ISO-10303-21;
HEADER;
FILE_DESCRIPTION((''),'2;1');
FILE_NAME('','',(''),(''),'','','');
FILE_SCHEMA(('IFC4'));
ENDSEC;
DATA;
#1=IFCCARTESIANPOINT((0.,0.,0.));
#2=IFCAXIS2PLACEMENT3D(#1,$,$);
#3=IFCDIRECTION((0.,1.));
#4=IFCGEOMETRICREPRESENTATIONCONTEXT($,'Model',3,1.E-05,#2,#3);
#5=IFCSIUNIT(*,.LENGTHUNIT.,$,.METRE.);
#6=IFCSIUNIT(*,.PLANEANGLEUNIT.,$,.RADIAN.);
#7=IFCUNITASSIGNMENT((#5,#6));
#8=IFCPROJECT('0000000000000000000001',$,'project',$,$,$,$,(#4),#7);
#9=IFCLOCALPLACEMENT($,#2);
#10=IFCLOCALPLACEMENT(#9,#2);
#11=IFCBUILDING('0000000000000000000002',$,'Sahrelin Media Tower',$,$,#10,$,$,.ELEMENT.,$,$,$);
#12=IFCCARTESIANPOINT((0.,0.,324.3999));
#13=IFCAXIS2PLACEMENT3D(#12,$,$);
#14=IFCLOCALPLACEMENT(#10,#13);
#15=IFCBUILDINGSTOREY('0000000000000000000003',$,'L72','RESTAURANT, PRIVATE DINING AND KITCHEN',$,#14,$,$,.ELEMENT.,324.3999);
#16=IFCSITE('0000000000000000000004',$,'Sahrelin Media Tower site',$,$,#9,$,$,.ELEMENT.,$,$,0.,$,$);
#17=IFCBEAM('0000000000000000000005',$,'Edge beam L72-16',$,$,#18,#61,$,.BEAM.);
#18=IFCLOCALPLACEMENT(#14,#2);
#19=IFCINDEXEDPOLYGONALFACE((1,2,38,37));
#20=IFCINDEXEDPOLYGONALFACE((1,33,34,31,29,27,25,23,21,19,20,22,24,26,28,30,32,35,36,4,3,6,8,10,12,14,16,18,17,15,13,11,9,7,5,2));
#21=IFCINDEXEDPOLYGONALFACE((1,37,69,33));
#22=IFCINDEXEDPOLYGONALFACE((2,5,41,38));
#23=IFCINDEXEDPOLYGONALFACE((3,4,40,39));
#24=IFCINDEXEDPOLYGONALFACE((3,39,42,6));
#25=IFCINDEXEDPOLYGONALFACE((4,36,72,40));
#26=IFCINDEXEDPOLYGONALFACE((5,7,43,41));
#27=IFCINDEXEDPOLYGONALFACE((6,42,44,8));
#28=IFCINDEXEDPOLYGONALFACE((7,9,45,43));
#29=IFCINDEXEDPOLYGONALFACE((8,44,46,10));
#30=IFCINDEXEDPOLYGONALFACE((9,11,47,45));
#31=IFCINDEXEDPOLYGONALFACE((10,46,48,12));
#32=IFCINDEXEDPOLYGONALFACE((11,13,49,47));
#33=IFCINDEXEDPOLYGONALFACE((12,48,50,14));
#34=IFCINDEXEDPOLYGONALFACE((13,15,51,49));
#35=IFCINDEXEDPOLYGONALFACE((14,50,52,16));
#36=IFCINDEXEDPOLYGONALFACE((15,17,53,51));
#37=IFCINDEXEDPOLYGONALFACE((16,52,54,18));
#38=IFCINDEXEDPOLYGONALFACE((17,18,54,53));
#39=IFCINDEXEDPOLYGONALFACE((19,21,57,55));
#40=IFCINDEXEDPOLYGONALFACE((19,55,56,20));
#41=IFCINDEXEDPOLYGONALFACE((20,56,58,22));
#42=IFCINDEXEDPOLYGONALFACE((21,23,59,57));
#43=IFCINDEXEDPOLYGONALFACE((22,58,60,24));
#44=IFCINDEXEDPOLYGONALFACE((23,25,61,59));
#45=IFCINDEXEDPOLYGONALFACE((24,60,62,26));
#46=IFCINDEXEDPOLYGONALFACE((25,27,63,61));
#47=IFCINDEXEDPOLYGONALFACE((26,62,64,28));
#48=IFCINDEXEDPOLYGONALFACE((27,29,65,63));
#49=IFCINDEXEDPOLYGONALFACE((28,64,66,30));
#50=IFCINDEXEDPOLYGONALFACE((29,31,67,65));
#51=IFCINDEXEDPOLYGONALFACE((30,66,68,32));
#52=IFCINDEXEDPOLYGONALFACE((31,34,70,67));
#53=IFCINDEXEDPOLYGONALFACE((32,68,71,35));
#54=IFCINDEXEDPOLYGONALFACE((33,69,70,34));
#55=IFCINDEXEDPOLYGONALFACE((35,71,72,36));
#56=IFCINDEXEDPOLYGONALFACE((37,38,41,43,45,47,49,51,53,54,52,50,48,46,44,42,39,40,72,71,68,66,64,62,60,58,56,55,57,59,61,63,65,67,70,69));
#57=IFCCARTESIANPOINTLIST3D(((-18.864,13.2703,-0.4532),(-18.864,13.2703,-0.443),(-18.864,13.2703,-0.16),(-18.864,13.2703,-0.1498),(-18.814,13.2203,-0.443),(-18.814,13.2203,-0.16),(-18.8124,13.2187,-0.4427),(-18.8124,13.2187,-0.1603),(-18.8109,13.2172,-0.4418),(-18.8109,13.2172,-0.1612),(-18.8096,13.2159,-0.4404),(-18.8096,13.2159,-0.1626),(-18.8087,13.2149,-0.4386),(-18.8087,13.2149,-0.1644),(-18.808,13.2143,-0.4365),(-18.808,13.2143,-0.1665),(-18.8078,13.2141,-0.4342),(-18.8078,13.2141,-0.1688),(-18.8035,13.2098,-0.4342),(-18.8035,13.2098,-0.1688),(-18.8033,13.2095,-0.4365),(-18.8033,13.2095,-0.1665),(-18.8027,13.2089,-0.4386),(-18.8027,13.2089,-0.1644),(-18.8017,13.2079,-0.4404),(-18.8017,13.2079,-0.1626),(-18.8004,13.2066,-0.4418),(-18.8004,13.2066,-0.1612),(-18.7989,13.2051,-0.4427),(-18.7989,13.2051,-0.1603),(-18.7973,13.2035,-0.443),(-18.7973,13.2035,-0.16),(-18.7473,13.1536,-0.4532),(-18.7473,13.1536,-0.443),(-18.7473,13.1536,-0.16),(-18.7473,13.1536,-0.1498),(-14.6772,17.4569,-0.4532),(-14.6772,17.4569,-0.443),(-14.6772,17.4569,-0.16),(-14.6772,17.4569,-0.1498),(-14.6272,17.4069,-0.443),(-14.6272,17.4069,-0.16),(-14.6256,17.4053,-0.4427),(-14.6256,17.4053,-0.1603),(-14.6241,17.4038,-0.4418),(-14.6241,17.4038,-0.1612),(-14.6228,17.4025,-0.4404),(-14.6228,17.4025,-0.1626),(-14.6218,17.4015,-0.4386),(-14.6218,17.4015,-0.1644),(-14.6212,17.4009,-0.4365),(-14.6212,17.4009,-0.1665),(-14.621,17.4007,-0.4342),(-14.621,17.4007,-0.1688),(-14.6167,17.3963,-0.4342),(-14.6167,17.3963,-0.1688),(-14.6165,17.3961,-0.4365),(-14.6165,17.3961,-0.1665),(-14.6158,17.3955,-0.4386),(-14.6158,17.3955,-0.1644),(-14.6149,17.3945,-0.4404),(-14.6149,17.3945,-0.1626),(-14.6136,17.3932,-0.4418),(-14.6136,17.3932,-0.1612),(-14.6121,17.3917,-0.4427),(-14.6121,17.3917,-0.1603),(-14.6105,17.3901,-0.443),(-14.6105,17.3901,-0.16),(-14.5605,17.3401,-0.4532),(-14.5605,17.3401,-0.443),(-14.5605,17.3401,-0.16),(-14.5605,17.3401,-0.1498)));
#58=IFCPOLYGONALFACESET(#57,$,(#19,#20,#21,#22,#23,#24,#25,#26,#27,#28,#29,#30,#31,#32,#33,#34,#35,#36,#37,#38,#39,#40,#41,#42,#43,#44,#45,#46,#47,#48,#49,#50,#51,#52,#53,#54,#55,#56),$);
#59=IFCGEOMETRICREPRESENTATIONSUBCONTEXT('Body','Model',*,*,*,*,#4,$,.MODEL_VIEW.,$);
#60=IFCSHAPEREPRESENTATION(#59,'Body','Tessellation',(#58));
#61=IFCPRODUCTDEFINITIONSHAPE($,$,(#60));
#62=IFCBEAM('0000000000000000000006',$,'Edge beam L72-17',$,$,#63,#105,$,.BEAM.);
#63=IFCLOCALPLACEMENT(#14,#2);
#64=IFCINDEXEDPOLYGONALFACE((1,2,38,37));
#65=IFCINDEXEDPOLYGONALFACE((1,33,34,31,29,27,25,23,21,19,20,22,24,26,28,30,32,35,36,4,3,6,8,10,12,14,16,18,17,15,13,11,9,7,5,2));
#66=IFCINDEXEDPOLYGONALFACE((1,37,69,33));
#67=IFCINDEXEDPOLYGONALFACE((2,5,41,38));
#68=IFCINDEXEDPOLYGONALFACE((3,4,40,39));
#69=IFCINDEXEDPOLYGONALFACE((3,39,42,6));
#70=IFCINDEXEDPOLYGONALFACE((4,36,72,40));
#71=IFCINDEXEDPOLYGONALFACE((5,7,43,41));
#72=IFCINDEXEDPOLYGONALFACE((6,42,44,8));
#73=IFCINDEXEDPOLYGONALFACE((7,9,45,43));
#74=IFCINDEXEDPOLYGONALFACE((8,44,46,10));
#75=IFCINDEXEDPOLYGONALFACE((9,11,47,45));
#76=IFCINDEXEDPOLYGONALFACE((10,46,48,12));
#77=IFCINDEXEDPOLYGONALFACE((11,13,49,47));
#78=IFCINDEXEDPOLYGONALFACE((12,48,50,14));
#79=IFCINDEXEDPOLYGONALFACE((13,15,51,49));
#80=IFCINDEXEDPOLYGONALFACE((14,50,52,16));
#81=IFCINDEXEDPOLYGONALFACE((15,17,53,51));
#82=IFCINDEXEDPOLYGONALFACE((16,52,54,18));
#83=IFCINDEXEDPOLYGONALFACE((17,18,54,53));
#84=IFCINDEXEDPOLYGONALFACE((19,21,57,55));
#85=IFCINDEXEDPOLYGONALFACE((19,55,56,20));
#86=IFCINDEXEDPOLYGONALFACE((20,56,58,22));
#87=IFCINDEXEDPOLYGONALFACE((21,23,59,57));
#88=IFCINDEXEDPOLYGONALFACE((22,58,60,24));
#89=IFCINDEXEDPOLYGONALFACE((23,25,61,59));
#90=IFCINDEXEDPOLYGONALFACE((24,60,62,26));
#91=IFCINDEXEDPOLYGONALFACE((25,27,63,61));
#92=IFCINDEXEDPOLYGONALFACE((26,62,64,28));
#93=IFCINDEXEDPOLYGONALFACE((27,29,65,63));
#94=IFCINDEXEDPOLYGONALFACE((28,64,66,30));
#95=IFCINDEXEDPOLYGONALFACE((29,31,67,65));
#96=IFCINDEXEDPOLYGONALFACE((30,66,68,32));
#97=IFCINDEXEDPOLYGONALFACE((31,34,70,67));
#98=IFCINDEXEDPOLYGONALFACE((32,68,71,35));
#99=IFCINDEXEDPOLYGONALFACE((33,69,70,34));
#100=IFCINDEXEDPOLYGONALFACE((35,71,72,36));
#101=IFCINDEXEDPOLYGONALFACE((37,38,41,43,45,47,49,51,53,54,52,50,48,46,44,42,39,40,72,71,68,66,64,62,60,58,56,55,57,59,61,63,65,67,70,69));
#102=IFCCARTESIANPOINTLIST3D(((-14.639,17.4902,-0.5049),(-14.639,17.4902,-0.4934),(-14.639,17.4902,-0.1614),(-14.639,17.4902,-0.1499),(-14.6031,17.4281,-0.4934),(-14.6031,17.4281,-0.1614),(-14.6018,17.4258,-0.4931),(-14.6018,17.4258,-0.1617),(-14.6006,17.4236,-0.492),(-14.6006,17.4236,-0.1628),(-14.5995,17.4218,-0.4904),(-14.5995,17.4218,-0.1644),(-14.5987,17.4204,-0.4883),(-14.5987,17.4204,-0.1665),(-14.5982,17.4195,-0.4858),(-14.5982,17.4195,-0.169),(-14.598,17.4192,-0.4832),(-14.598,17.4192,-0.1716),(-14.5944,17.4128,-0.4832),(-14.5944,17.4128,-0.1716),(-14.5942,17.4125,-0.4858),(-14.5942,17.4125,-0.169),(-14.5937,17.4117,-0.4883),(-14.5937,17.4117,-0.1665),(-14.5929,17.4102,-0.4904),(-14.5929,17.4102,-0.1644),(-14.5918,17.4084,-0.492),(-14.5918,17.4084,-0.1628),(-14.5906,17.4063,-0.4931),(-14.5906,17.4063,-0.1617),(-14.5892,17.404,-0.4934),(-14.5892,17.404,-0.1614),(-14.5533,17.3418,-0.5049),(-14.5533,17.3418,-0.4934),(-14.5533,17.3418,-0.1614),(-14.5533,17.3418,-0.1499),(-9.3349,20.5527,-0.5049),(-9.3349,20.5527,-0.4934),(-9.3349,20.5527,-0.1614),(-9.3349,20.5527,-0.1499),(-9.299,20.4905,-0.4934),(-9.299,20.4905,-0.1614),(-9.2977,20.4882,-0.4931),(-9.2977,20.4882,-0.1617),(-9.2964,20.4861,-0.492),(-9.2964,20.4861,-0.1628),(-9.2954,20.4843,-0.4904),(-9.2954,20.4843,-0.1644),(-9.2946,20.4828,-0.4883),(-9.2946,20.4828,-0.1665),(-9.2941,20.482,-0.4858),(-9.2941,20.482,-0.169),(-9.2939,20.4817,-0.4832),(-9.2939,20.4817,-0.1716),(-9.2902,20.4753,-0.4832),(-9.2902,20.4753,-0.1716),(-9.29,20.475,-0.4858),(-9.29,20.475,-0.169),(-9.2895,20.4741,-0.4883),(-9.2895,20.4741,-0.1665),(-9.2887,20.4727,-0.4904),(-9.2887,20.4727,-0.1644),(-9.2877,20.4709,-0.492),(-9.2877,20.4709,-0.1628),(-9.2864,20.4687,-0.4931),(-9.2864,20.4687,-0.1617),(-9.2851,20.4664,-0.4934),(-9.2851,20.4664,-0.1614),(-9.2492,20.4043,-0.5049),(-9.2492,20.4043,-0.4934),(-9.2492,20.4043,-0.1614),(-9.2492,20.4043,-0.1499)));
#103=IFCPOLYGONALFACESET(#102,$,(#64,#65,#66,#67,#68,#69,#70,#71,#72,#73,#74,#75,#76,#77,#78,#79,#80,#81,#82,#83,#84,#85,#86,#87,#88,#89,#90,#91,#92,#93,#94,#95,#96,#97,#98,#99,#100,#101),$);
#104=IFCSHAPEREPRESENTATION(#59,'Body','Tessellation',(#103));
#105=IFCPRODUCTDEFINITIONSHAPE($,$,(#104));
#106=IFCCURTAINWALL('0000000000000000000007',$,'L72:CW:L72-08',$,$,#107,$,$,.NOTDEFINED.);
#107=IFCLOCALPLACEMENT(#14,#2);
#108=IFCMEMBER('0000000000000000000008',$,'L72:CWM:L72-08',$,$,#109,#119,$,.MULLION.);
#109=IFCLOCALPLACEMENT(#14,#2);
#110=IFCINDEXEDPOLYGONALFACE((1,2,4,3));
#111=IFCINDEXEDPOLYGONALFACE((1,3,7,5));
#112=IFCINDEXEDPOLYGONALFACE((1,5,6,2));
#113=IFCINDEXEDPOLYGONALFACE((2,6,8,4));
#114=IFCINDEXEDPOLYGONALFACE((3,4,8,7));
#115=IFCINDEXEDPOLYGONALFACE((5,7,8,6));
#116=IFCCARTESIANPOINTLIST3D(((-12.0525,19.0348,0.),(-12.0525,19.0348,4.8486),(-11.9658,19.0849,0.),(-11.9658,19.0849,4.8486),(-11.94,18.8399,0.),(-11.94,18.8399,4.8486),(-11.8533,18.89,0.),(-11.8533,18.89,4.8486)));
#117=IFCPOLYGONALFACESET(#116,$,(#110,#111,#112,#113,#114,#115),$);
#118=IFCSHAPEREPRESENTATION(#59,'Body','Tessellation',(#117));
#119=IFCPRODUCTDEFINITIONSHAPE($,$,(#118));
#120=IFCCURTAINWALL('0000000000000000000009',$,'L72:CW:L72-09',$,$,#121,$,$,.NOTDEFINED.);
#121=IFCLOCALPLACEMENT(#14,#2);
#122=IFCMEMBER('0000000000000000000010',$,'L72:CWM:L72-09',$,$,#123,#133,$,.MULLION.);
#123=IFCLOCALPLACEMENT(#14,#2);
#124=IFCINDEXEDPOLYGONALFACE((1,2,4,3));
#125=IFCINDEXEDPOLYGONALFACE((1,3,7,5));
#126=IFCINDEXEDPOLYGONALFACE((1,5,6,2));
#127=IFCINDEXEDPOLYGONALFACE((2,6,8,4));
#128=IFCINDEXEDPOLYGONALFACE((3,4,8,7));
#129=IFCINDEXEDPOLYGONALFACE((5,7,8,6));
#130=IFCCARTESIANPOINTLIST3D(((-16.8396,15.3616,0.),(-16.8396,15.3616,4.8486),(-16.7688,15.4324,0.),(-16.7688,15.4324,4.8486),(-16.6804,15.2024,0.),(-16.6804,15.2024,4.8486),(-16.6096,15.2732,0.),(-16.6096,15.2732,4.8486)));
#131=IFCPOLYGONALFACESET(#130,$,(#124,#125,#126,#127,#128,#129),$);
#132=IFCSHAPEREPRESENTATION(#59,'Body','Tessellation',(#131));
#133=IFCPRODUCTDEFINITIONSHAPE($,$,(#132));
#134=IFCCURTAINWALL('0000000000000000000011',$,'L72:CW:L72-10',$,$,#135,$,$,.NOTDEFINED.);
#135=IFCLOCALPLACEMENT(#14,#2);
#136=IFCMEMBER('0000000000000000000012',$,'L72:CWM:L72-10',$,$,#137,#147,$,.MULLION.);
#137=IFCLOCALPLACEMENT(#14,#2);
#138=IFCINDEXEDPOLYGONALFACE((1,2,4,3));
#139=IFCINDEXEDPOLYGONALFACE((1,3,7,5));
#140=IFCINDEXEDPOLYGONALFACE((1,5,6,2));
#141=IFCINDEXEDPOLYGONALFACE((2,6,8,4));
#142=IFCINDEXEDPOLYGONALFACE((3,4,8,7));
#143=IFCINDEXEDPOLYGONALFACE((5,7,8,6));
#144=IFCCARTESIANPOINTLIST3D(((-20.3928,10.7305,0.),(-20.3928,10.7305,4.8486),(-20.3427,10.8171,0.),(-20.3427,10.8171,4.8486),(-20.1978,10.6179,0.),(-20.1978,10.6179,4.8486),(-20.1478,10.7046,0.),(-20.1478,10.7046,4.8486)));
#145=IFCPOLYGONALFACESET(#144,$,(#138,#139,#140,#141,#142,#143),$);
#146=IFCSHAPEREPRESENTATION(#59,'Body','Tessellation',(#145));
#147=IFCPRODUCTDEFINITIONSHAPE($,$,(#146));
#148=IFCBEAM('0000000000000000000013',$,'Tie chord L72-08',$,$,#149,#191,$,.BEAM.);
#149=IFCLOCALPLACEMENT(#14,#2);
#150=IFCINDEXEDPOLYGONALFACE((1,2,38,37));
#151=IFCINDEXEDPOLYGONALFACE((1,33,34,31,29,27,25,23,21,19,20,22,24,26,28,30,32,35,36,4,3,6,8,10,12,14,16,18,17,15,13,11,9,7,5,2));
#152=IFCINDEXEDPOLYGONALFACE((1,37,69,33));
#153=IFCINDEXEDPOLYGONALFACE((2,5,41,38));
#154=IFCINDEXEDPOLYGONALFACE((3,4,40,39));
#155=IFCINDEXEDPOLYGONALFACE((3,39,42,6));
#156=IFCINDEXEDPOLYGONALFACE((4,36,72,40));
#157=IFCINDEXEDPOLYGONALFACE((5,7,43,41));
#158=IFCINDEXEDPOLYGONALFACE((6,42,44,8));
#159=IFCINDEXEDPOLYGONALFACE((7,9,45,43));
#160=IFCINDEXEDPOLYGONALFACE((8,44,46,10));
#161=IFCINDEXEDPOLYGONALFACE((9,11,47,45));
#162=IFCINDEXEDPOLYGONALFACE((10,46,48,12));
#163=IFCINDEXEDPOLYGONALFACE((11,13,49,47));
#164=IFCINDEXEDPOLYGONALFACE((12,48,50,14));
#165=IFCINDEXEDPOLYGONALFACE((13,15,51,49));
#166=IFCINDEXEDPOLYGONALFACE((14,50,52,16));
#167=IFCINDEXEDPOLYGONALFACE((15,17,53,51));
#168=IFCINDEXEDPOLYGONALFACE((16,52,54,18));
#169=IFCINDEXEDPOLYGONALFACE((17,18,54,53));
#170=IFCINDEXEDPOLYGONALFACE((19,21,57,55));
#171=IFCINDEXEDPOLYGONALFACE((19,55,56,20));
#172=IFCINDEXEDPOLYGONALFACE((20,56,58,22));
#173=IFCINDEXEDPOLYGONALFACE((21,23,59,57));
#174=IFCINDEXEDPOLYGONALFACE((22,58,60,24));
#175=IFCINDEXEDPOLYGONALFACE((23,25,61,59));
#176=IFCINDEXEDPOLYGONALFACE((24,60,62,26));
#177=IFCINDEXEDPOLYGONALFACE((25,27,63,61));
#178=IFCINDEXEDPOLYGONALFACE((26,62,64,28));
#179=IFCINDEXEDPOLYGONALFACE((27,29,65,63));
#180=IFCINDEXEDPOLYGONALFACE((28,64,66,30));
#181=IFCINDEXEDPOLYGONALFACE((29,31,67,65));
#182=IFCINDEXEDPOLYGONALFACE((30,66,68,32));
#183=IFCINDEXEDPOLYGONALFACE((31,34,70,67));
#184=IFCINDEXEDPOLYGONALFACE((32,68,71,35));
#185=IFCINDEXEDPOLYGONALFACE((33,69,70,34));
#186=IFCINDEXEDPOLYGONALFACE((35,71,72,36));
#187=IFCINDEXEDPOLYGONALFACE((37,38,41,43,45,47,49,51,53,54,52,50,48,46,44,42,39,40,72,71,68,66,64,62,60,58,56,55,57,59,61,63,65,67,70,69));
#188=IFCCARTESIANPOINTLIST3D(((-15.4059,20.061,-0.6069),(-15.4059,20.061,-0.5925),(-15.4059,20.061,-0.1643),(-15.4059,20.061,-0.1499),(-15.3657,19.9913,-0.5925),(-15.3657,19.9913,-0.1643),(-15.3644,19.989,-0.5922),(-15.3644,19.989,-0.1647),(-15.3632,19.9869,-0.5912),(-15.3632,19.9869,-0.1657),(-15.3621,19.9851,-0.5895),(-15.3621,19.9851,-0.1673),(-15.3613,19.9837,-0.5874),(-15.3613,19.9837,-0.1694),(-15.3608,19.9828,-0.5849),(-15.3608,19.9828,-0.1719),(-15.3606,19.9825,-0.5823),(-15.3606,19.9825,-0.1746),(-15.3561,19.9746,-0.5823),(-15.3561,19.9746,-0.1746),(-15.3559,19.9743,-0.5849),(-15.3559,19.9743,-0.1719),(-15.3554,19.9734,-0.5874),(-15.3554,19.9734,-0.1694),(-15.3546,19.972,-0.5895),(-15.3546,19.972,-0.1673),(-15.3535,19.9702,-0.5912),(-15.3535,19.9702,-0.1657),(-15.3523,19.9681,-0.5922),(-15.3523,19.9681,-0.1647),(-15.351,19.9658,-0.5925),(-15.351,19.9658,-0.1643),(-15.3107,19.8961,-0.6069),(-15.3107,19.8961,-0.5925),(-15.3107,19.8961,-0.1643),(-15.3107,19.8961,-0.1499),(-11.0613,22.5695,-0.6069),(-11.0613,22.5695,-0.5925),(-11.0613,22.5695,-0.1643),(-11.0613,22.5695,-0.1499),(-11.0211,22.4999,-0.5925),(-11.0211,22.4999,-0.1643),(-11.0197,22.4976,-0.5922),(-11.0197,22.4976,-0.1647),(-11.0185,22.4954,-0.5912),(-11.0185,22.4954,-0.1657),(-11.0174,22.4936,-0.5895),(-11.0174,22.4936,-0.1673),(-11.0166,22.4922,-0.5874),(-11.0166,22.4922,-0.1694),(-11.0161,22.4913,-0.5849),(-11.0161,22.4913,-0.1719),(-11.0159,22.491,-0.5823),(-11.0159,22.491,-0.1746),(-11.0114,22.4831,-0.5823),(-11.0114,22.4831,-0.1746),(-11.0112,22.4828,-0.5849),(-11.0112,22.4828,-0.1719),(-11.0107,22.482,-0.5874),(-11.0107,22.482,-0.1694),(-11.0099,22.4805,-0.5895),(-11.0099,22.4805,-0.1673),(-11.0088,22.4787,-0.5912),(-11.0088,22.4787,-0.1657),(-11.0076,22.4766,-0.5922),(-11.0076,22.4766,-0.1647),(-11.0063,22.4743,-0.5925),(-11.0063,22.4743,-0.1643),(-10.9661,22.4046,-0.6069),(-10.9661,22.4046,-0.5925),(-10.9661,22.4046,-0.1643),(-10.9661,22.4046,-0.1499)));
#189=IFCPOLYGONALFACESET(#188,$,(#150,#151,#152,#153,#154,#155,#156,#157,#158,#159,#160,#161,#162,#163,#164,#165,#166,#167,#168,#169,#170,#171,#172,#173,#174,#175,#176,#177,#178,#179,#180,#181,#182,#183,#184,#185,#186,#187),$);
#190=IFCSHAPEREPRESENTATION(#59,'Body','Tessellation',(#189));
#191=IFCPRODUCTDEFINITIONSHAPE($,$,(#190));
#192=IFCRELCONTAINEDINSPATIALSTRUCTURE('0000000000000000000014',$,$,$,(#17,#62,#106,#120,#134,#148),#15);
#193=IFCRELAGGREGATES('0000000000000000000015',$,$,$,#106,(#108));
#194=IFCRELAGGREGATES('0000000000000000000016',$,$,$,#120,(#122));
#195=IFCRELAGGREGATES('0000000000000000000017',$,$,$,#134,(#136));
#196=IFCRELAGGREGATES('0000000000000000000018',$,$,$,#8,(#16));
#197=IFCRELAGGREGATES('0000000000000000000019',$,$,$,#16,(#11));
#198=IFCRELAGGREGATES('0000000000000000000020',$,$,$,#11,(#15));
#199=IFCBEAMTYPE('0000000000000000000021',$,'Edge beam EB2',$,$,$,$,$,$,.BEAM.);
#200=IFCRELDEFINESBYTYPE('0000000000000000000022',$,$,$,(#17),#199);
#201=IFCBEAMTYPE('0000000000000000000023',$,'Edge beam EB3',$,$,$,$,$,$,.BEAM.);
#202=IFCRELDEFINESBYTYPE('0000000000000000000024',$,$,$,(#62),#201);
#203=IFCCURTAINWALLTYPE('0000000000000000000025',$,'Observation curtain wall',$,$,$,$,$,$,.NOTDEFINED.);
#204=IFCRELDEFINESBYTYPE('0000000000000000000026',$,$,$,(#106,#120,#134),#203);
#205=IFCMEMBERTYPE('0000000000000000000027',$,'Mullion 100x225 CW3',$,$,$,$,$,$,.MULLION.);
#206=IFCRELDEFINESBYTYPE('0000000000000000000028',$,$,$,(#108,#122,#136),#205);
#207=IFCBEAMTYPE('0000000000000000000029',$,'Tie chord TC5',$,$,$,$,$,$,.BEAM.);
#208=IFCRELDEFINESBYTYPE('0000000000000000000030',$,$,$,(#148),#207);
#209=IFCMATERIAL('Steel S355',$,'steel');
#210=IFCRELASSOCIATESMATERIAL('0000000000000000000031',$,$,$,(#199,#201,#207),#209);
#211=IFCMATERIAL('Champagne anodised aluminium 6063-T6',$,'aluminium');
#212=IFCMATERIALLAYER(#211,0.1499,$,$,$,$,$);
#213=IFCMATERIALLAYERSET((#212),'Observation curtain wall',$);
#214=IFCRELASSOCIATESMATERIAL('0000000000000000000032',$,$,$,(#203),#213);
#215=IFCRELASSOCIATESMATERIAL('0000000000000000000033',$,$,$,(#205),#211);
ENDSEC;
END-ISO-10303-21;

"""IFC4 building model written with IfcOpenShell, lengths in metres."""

from ifc_helpers import new_model, si_unit, direction, frame, origin, origin_2d, place, context, subcontext, project, spatial, rectangle, i_section, extrude, material, layer, layer_set, material_profile, profile_set, type_object, element, aggregate, save


model = new_model("IFC4")

# Units and contexts
model_context = context("Model", 3, precision=1e-05, world=origin(), true_north=direction((0.0, 1.0)))
body_context = subcontext(model_context, "Body", "Model", "MODEL_VIEW")
ifc_project = project(units=[si_unit("LENGTHUNIT", "METRE"), si_unit("PLANEANGLEUNIT", "RADIAN")], contexts=[model_context])

# Site, building, storey
site_placement = place(None, origin())
site = spatial("IfcSite", under=ifc_project, at=site_placement, Name="Sahrelin Media Tower site", CompositionType="ELEMENT", RefElevation=0.0)
building_placement = place(site_placement, origin())
building = spatial("IfcBuilding", under=site, at=building_placement, Name="Sahrelin Media Tower", CompositionType="ELEMENT")
storey_placement = place(building_placement, frame((0.0, 0.0, 324.3999)))
storey = spatial("IfcBuildingStorey", under=building, at=storey_placement, Name="L72", Description="RESTAURANT, PRIVATE DINING AND KITCHEN", CompositionType="ELEMENT", Elevation=324.3999)

# Beams
ifc_material_1 = material(Name="Steel S355", Category="steel")
ifc_material_profile_1 = material_profile(ifc_material_1, i_section(OverallWidth=0.165, OverallDepth=0.3035, WebThickness=0.0061, FlangeThickness=0.0103, FilletRadius=0.0088, at=origin_2d()), Name="UB 305x165x40")
ifc_profile_set_1 = profile_set([ifc_material_profile_1], Name="Steel S355")
beam_type_1 = type_object("IfcBeamType", Name="Edge beam EB2", PredefinedType="BEAM", material=ifc_profile_set_1)
beam_1_placement = place(storey_placement, frame((-18.8057, 13.2119, -0.3015), z_axis=(0.707127, 0.707086, 0.0), x_axis=(-0.707086, 0.707127, 0.0)))
element("IfcBeam", 1, at=beam_1_placement, inside=storey, type_object=beam_type_1, Name="Edge beam L72-16", PredefinedType="BEAM", context=body_context, shape_type="SweptSolid", body=[
    extrude(i_section(OverallWidth=0.165, OverallDepth=0.3035, WebThickness=0.0061, FlangeThickness=0.0103, FilletRadius=0.0088, at=origin_2d()), origin(), (0.0, 0.0, 1.0), 5.9209),
])
ifc_material_profile_2 = material_profile(ifc_material_1, i_section(OverallWidth=0.1714, OverallDepth=0.355, WebThickness=0.0073, FlangeThickness=0.0115, FilletRadius=0.0103, at=origin_2d()), Name="UB 356x171x51")
ifc_profile_set_2 = profile_set([ifc_material_profile_2], Name="Steel S355")
beam_type_2 = type_object("IfcBeamType", Name="Edge beam EB3", PredefinedType="BEAM", material=ifc_profile_set_2)
beam_2_placement = place(storey_placement, frame((-14.5962, 17.416, -0.3274), z_axis=(0.866017, 0.500015, 0.0), x_axis=(-0.500015, 0.866017, 0.0)))
element("IfcBeam", 2, at=beam_2_placement, inside=storey, type_object=beam_type_2, Name="Edge beam L72-17", PredefinedType="BEAM", context=body_context, shape_type="SweptSolid", body=[
    extrude(i_section(OverallWidth=0.1714, OverallDepth=0.355, WebThickness=0.0073, FlangeThickness=0.0115, FilletRadius=0.0103, at=origin_2d()), origin(), (0.0, 0.0, 1.0), 6.1248),
])

# Curtain walls, members
ifc_material_2 = material(Name="Champagne anodised aluminium 6063-T6", Category="aluminium")
ifc_layer_1 = layer(ifc_material_2, 0.1499)
ifc_layer_set_1 = layer_set([ifc_layer_1], Name="Observation curtain wall")
curtain_wall_type = type_object("IfcCurtainWallType", Name="Observation curtain wall", PredefinedType="NOTDEFINED", material=ifc_layer_set_1)
curtain_wall_1_placement = place(storey_placement, frame((-12.019, 19.0771, 0.0), z_axis=(0.0, 0.0, 1.0), x_axis=(1.0, 0.0, 0.0)))
curtain_wall_1 = element("IfcCurtainWall", 3, at=curtain_wall_1_placement, inside=storey, type_object=curtain_wall_type, Name="L72:CW:L72-08", PredefinedType="NOTDEFINED")
ifc_material_profile_3 = material_profile(ifc_material_2, rectangle(XDim=0.1001, YDim=0.2251, at=origin_2d()), Name="Mullion 100x225")
ifc_profile_set_3 = profile_set([ifc_material_profile_3], Name="Champagne anodised aluminium 6063-T6")
member_type_1 = type_object("IfcMemberType", Name="Mullion 100x225 CW3", PredefinedType="MULLION", material=ifc_profile_set_3)
member_1_placement = place(storey_placement, frame((-11.9529, 18.9624, 0.0), z_axis=(0.0, 0.0, 1.0), x_axis=(-0.866026, -0.499998, 0.0)))
member_1 = element("IfcMember", 4, at=member_1_placement, type_object=member_type_1, Name="L72:CWM:L72-08", PredefinedType="MULLION", context=body_context, shape_type="SweptSolid", body=[
    extrude(rectangle(XDim=0.1001, YDim=0.2251, at=origin_2d()), origin(), (0.0, 0.0, 1.0), 4.8486),
])
aggregate(curtain_wall_1, [member_1])
curtain_wall_2_placement = place(storey_placement, frame((-16.8184, 15.4111, 0.0), z_axis=(0.0, 0.0, 1.0), x_axis=(1.0, 0.0, 0.0)))
curtain_wall_2 = element("IfcCurtainWall", 5, at=curtain_wall_2_placement, inside=storey, type_object=curtain_wall_type, Name="L72:CW:L72-09", PredefinedType="NOTDEFINED")
member_2_placement = place(storey_placement, frame((-16.7246, 15.3174, 0.0), z_axis=(0.0, 0.0, 1.0), x_axis=(-0.707098, -0.707115, 0.0)))
member_2 = element("IfcMember", 6, at=member_2_placement, type_object=member_type_1, Name="L72:CWM:L72-09", PredefinedType="MULLION", context=body_context, shape_type="SweptSolid", body=[
    extrude(rectangle(XDim=0.1001, YDim=0.2251, at=origin_2d()), origin(), (0.0, 0.0, 1.0), 4.8486),
])
curtain_wall_3_placement = place(storey_placement, frame((-20.385, 10.7837, 0.0), z_axis=(0.0, 0.0, 1.0), x_axis=(1.0, 0.0, 0.0)))
curtain_wall_3 = element("IfcCurtainWall", 7, at=curtain_wall_3_placement, inside=storey, type_object=curtain_wall_type, Name="L72:CW:L72-10", PredefinedType="NOTDEFINED")
member_3_placement = place(storey_placement, frame((-20.2703, 10.7175, 0.0), z_axis=(0.0, 0.0, 1.0), x_axis=(-0.500012, -0.866018, 0.0)))
member_3 = element("IfcMember", 8, at=member_3_placement, type_object=member_type_1, Name="L72:CWM:L72-10", PredefinedType="MULLION", context=body_context, shape_type="SweptSolid", body=[
    extrude(rectangle(XDim=0.1001, YDim=0.2251, at=origin_2d()), origin(), (0.0, 0.0, 1.0), 4.8486),
])

# Beam
ifc_material_profile_4 = material_profile(ifc_material_1, i_section(OverallWidth=0.1904, OverallDepth=0.457, WebThickness=0.009, FlangeThickness=0.0144, FilletRadius=0.0103, at=origin_2d()), Name="UB 457x191x74")
ifc_profile_set_4 = profile_set([ifc_material_profile_4], Name="Steel S355")
beam_type_3 = type_object("IfcBeamType", Name="Tie chord TC5", PredefinedType="BEAM", material=ifc_profile_set_4)
beam_3_placement = place(storey_placement, frame((-11.0137, 22.4871, -0.3784), z_axis=(-0.866015, -0.500017, 0.0), x_axis=(0.500017, -0.866015, 0.0)))
element("IfcBeam", 9, at=beam_3_placement, inside=storey, type_object=beam_type_3, Name="Tie chord L72-08", PredefinedType="BEAM", context=body_context, shape_type="SweptSolid", body=[
    extrude(i_section(OverallWidth=0.1904, OverallDepth=0.457, WebThickness=0.009, FlangeThickness=0.0144, FilletRadius=0.0103, at=origin_2d()), origin(), (0.0, 0.0, 1.0), 5.0168),
])

aggregate(curtain_wall_2, [member_2])
aggregate(curtain_wall_3, [member_3])

save(model, "model.ifc")
